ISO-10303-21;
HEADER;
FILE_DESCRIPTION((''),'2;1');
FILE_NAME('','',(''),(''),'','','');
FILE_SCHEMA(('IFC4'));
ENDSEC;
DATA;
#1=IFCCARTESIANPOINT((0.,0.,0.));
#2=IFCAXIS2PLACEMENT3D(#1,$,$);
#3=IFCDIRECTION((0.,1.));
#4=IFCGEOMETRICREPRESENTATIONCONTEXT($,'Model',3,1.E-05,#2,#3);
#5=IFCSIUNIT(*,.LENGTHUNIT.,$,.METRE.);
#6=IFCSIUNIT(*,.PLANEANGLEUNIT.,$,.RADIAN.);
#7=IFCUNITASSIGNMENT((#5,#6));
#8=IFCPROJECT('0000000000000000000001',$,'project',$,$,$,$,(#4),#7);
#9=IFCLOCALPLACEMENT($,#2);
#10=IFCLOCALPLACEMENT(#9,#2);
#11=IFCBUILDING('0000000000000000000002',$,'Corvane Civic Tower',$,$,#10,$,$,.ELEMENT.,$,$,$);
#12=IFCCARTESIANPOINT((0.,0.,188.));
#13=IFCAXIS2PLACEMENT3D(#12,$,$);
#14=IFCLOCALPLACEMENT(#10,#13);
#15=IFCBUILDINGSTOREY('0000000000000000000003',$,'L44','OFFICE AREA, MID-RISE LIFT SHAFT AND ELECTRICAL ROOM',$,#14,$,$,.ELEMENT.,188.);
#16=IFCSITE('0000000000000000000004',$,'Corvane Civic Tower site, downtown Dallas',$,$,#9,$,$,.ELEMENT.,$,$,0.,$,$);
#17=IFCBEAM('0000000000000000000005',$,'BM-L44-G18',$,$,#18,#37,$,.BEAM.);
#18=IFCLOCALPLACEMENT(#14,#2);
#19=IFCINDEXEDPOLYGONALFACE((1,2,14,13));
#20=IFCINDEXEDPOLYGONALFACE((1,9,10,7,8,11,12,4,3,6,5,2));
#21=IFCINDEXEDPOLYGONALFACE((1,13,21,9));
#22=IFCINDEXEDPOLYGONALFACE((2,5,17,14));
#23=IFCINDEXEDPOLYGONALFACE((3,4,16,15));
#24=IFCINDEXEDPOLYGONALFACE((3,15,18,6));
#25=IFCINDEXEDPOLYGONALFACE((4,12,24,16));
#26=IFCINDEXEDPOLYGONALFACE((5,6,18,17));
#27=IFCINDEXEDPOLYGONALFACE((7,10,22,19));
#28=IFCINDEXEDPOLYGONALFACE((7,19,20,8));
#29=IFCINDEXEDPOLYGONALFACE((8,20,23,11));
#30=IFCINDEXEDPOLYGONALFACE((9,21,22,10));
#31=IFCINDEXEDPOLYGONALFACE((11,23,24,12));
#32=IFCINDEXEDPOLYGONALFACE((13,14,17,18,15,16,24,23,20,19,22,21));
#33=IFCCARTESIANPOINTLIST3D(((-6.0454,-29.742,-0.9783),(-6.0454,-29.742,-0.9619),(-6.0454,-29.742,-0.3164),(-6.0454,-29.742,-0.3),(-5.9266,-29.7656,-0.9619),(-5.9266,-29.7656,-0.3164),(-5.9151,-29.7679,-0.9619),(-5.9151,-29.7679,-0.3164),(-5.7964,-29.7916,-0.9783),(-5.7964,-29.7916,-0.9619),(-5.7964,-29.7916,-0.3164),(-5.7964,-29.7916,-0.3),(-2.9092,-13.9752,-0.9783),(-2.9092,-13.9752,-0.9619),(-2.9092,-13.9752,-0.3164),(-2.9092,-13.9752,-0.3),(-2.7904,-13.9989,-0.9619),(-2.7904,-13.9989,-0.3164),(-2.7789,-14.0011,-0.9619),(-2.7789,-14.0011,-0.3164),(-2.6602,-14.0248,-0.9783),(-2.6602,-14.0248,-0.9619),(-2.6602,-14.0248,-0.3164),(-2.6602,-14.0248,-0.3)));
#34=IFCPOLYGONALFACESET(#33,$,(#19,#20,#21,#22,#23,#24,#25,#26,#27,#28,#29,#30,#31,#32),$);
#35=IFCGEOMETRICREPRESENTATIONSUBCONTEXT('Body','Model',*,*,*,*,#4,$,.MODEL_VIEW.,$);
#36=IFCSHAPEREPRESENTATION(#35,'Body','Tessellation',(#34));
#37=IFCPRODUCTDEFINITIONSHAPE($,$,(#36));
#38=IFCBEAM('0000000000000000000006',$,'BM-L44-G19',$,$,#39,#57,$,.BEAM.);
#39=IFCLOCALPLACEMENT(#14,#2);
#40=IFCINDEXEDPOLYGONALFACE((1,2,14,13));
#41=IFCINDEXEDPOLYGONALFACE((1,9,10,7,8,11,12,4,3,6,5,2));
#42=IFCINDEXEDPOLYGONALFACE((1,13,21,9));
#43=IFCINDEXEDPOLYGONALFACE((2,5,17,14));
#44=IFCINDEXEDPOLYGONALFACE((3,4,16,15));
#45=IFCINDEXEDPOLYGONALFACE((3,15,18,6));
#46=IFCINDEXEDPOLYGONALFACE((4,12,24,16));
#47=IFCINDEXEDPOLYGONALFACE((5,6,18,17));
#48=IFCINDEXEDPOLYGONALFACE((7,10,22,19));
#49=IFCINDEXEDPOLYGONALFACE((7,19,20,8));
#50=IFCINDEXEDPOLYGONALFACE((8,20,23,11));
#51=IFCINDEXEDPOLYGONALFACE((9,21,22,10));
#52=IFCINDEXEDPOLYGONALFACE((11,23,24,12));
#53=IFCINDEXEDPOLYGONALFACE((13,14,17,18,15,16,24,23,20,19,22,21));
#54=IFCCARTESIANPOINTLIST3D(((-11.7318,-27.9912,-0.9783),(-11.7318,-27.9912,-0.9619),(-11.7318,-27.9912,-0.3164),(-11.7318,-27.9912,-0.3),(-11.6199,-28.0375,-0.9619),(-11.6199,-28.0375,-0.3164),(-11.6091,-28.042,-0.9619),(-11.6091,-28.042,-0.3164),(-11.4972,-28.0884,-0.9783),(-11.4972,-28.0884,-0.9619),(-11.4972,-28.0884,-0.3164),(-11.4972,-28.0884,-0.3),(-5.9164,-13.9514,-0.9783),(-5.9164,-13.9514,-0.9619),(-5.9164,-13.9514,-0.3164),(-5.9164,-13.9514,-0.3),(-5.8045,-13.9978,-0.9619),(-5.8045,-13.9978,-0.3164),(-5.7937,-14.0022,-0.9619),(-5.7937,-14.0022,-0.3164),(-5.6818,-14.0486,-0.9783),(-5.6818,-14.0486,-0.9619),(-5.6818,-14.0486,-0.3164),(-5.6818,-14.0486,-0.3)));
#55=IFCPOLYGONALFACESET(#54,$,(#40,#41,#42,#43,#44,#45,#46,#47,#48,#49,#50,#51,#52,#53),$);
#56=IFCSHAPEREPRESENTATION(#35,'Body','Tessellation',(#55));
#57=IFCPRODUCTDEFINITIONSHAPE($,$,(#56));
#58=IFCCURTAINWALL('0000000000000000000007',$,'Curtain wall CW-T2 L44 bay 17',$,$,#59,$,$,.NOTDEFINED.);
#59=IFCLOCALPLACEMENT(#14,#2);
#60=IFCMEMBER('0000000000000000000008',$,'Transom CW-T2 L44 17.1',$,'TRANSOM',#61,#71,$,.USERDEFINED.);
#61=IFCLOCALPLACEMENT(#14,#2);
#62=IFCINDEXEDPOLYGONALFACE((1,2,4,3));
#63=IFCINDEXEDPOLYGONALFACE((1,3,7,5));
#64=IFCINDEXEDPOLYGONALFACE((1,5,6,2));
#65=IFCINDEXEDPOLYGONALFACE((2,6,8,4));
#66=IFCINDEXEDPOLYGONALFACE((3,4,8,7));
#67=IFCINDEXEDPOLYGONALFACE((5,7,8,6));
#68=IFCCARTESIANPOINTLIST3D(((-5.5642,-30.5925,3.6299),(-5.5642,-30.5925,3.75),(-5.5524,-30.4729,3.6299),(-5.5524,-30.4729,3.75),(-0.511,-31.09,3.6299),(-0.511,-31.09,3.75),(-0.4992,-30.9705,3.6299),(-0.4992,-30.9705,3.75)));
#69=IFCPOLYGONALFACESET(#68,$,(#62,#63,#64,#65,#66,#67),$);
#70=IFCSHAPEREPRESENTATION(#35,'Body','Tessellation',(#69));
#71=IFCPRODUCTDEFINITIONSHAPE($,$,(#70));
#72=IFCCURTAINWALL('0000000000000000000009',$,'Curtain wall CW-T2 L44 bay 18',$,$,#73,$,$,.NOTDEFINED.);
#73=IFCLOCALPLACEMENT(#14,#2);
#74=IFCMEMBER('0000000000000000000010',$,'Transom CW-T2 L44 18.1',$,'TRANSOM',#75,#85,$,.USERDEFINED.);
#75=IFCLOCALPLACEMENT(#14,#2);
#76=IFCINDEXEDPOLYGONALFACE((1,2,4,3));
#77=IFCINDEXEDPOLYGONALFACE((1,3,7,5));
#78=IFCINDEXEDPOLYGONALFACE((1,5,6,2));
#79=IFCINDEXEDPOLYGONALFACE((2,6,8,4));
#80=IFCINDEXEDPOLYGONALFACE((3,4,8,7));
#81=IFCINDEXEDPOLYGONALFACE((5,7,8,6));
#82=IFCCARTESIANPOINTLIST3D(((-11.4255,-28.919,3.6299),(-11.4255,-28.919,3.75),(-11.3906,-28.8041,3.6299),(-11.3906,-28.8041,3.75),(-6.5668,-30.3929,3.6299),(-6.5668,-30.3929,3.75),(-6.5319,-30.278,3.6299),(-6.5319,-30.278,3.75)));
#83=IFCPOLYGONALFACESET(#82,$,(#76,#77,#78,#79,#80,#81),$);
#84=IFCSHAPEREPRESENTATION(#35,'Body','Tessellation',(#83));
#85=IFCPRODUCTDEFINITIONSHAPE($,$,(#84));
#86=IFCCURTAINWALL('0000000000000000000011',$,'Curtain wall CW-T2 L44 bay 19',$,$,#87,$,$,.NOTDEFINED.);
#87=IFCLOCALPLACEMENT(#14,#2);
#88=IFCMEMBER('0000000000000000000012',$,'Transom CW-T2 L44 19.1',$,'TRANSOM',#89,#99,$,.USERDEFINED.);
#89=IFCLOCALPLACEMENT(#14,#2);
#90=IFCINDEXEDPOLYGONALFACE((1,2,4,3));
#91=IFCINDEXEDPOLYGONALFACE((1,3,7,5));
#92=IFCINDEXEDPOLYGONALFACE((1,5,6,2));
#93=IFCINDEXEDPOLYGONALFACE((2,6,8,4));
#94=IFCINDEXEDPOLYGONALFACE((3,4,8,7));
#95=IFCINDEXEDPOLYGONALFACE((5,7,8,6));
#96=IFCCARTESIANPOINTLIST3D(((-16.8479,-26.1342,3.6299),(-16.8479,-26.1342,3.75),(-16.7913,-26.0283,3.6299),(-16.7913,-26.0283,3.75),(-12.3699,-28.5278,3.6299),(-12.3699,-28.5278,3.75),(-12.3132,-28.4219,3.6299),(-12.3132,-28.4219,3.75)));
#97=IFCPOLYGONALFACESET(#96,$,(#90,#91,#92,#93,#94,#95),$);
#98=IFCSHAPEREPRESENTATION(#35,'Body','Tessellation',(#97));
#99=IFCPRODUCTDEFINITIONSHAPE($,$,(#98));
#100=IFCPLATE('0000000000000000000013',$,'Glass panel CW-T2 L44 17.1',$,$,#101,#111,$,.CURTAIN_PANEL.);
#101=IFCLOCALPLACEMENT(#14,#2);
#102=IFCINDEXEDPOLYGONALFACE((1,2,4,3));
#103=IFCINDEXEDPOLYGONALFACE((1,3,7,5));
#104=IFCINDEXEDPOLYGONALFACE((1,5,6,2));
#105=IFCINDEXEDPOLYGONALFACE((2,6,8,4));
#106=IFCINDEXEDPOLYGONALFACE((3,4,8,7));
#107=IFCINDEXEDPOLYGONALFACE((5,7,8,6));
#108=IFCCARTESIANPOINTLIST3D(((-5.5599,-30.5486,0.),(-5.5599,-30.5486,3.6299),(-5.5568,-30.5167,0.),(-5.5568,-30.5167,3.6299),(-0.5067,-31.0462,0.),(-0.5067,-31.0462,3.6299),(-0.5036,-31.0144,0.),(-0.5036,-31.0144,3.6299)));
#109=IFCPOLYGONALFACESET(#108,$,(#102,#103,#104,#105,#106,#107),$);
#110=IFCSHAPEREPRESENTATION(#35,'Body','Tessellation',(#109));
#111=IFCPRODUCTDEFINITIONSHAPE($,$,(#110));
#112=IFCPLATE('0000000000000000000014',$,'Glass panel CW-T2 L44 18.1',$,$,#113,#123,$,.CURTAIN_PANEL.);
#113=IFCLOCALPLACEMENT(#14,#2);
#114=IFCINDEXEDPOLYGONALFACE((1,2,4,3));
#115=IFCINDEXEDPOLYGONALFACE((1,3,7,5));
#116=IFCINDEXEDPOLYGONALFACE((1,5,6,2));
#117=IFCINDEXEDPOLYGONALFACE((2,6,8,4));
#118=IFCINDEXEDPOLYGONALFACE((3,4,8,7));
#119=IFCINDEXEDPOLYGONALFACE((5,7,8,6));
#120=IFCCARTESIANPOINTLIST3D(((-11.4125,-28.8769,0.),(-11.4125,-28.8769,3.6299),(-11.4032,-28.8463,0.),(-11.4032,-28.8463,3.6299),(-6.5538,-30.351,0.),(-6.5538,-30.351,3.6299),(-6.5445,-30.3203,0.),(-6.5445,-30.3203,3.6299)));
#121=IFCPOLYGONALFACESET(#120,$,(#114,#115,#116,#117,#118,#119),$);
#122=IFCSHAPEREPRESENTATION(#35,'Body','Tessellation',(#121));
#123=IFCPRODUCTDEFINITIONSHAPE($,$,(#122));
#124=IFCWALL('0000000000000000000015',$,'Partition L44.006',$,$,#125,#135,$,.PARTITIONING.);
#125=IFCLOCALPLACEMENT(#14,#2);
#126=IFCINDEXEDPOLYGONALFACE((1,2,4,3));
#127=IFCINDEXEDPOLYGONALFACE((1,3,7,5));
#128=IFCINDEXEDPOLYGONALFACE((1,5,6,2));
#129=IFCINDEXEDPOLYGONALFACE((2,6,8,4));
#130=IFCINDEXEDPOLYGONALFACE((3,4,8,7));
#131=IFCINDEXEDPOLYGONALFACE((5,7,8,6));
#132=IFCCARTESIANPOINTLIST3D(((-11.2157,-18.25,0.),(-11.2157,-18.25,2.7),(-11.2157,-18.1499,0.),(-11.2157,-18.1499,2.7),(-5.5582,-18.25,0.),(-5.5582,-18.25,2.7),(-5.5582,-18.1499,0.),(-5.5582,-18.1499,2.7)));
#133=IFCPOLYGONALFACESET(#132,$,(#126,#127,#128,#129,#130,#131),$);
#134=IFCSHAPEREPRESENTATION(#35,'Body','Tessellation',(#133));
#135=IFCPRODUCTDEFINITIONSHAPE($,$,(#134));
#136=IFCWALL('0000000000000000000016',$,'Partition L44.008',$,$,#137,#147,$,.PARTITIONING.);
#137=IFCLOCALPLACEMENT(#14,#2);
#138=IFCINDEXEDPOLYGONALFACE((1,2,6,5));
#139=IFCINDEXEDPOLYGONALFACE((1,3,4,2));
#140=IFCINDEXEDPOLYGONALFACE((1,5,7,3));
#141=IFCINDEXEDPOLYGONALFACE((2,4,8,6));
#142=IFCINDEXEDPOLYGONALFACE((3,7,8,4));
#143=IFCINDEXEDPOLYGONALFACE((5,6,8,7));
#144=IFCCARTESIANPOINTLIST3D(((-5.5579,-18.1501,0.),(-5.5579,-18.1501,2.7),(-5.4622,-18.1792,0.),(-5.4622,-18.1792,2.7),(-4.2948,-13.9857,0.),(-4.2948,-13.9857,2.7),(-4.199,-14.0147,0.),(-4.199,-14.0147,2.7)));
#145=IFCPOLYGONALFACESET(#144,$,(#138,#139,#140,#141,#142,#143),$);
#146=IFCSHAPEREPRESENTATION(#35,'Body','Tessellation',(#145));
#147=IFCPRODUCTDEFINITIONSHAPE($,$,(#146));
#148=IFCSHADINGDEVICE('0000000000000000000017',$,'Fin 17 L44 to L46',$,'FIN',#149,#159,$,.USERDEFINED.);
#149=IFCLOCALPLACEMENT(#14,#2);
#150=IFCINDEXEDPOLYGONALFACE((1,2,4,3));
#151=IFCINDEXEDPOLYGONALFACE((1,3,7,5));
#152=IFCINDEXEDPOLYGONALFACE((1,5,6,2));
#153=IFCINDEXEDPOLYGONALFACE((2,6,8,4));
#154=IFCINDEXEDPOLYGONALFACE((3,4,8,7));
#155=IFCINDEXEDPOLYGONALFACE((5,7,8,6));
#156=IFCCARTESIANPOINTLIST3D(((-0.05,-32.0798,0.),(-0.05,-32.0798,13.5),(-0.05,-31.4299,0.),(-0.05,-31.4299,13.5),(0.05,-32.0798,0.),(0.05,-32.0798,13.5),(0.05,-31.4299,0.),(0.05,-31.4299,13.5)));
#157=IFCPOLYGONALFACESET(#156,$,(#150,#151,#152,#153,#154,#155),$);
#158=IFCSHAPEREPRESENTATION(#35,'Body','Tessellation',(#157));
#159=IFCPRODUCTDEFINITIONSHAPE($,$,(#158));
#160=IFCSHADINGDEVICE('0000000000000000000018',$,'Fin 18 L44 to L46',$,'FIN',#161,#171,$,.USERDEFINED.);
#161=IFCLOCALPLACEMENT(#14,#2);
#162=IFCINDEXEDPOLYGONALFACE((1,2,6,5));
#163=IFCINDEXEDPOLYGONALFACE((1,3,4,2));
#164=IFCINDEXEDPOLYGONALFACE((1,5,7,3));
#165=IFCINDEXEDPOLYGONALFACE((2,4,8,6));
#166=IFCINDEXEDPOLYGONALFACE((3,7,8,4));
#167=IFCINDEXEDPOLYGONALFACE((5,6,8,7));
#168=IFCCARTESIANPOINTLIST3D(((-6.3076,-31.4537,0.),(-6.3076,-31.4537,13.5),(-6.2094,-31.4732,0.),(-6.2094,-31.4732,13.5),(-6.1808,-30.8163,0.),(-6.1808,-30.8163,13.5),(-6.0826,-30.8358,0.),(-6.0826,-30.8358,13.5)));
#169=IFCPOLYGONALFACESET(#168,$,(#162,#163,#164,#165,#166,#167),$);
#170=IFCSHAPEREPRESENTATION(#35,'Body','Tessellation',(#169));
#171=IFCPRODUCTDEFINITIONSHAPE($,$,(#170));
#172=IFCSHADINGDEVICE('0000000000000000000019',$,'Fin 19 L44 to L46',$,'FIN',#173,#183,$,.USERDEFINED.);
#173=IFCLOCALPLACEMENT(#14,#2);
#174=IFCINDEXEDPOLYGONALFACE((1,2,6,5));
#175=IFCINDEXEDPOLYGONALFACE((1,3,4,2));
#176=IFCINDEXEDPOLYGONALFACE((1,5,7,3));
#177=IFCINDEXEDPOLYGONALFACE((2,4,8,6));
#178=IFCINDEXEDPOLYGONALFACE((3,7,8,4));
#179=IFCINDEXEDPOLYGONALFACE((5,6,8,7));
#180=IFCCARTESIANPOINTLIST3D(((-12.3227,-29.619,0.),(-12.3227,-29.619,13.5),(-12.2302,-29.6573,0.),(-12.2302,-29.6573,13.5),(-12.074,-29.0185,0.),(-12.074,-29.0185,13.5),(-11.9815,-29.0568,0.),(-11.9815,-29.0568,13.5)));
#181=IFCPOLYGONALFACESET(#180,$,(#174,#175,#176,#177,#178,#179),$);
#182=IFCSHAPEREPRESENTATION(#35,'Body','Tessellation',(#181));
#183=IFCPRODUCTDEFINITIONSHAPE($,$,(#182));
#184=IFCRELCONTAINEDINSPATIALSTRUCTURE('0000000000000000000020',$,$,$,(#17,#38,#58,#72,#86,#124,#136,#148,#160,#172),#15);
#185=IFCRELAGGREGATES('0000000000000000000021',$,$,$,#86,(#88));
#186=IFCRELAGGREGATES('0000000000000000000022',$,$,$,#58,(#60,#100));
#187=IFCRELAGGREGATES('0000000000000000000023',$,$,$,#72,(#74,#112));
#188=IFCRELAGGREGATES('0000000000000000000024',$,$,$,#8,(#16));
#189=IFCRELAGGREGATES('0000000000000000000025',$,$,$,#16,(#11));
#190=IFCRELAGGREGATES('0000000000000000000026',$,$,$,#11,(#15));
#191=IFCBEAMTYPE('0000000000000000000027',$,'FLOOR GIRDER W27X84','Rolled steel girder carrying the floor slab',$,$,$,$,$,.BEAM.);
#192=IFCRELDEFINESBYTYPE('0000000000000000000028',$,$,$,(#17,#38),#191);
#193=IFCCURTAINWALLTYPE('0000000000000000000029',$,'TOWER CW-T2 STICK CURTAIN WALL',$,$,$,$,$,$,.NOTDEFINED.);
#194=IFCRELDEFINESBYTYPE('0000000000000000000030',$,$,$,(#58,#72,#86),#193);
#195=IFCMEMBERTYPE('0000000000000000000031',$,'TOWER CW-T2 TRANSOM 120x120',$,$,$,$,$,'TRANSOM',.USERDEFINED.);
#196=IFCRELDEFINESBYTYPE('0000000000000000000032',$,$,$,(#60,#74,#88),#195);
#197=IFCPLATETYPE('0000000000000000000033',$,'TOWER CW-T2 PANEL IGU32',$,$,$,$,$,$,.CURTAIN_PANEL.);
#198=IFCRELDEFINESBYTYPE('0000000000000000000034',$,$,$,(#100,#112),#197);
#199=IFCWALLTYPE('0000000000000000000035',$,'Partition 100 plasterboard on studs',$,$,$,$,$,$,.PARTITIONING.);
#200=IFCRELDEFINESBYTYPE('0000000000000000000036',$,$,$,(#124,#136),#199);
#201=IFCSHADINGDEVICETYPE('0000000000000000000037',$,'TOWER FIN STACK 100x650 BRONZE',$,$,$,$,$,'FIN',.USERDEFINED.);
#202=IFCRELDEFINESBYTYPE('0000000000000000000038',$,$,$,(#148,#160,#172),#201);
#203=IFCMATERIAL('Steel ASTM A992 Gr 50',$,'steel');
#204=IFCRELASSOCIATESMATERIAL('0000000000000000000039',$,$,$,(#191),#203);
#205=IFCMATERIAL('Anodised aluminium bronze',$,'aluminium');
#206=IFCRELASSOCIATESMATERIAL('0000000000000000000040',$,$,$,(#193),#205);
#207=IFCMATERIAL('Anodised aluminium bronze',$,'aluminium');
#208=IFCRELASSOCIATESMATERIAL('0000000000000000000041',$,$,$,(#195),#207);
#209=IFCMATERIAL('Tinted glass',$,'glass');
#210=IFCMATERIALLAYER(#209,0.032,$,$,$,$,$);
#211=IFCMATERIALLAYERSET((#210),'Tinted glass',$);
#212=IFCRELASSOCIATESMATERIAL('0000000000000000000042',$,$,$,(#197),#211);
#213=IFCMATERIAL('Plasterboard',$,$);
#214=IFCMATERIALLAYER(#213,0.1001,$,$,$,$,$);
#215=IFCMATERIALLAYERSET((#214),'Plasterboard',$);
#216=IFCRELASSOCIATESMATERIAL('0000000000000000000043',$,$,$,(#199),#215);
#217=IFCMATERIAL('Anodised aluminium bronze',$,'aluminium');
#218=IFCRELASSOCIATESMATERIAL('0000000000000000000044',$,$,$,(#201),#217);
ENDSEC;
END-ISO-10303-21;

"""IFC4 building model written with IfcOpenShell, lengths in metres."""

from ifc_helpers import new_model, si_unit, direction, frame, frame_2d, origin, origin_2d, place, context, subcontext, project, spatial, rectangle, i_section, extrude, material, layer, layer_set, material_profile, profile_set, type_object, element, aggregate, save


model = new_model("IFC4")

# Units and contexts
model_context = context("Model", 3, precision=1e-05, world=origin(), true_north=direction((0.0, 1.0)))
body_context = subcontext(model_context, "Body", "Model", "MODEL_VIEW")
ifc_project = project(units=[si_unit("LENGTHUNIT", "METRE"), si_unit("PLANEANGLEUNIT", "RADIAN")], contexts=[model_context])

# Site, building, storey
site_placement = place(None, origin())
site = spatial("IfcSite", under=ifc_project, at=site_placement, Name="Corvane Civic Tower site, downtown Dallas", CompositionType="ELEMENT", RefElevation=0.0)
building_placement = place(site_placement, origin())
building = spatial("IfcBuilding", under=site, at=building_placement, Name="Corvane Civic Tower", CompositionType="ELEMENT")
storey_placement = place(building_placement, frame((0.0, 0.0, 188.0)))
storey = spatial("IfcBuildingStorey", under=building, at=storey_placement, Name="L44", Description="OFFICE AREA, MID-RISE LIFT SHAFT AND ELECTRICAL ROOM", CompositionType="ELEMENT", Elevation=188.0)

# Beams
ifc_material_1 = material(Name="Steel ASTM A992 Gr 50", Category="steel")
ifc_material_profile_1 = material_profile(ifc_material_1, i_section(OverallWidth=0.2539, OverallDepth=0.6782, WebThickness=0.0117, FlangeThickness=0.0164, at=origin_2d()), Name="W27X84")
ifc_profile_set_1 = profile_set([ifc_material_profile_1], Name="Steel ASTM A992 Gr 50")
beam_type_1 = type_object("IfcBeamType", Name="FLOOR GIRDER W27X84", Description="Rolled steel girder carrying the floor slab", PredefinedType="BEAM", material=ifc_profile_set_1)
beam_1_placement = place(storey_placement, frame((-2.7847, -14.0, -0.6392), z_axis=(-0.195091, -0.980785, 0.0), x_axis=(0.980785, -0.195091, 0.0)))
element("IfcBeam", 1, at=beam_1_placement, inside=storey, type_object=beam_type_1, Name="BM-L44-G18", PredefinedType="BEAM", context=body_context, shape_type="SweptSolid", body=[
    extrude(i_section(OverallWidth=0.2539, OverallDepth=0.6782, WebThickness=0.0117, FlangeThickness=0.0164, at=origin_2d()), origin(), (0.0, 0.0, 1.0), 16.0757),
])
beam_2_placement = place(storey_placement, frame((-5.7991, -14.0, -0.6392), z_axis=(-0.382681, -0.923881, 0.0), x_axis=(0.923881, -0.382681, 0.0)))
element("IfcBeam", 2, at=beam_2_placement, inside=storey, type_object=beam_type_1, Name="BM-L44-G19", PredefinedType="BEAM", context=body_context, shape_type="SweptSolid", body=[
    extrude(i_section(OverallWidth=0.2539, OverallDepth=0.6782, WebThickness=0.0117, FlangeThickness=0.0164, at=origin_2d()), origin(), (0.0, 0.0, 1.0), 15.1965),
])

# Curtain walls, members
ifc_material_2 = material(Name="Anodised aluminium bronze", Category="aluminium")
curtain_wall_type = type_object("IfcCurtainWallType", Name="TOWER CW-T2 STICK CURTAIN WALL", PredefinedType="NOTDEFINED", material=ifc_material_2)
curtain_wall_1_placement = place(storey_placement, origin())
curtain_wall_1 = element("IfcCurtainWall", 3, at=curtain_wall_1_placement, inside=storey, type_object=curtain_wall_type, Name="Curtain wall CW-T2 L44 bay 17", PredefinedType="NOTDEFINED")
ifc_material_3 = material(Name="Anodised aluminium bronze", Category="aluminium")
ifc_material_profile_2 = material_profile(ifc_material_3, rectangle(XDim=0.1201, YDim=0.1201, at=origin_2d()), Name="TOWER CW-T2 TRANSOM 120x120")
ifc_profile_set_2 = profile_set([ifc_material_profile_2], Name="Anodised aluminium bronze")
member_type = type_object("IfcMemberType", Name="TOWER CW-T2 TRANSOM 120x120", ElementType="TRANSOM", PredefinedType="USERDEFINED", material=ifc_profile_set_2)
member_1_placement = place(storey_placement, frame((-0.5051, -31.0303, 3.6899), z_axis=(-0.995187, 0.09799, 0.0), x_axis=(-0.09799, -0.995187, 0.0)))
member_1 = element("IfcMember", 4, at=member_1_placement, type_object=member_type, Name="Transom CW-T2 L44 17.1", ObjectType="TRANSOM", PredefinedType="USERDEFINED", context=body_context, shape_type="SweptSolid", body=[
    extrude(rectangle(XDim=0.1201, YDim=0.1201, at=origin_2d()), origin(), (0.0, 0.0, 1.0), 5.0776),
])
curtain_wall_2_placement = place(storey_placement, origin())
curtain_wall_2 = element("IfcCurtainWall", 5, at=curtain_wall_2_placement, inside=storey, type_object=curtain_wall_type, Name="Curtain wall CW-T2 L44 bay 18", PredefinedType="NOTDEFINED")
member_2_placement = place(storey_placement, frame((-6.5493, -30.3354, 3.6899), z_axis=(-0.956939, 0.290289, 0.0), x_axis=(-0.290289, -0.956939, 0.0)))
member_2 = element("IfcMember", 6, at=member_2_placement, type_object=member_type, Name="Transom CW-T2 L44 18.1", ObjectType="TRANSOM", PredefinedType="USERDEFINED", context=body_context, shape_type="SweptSolid", body=[
    extrude(rectangle(XDim=0.1201, YDim=0.1201, at=origin_2d()), origin(), (0.0, 0.0, 1.0), 5.0774),
])
curtain_wall_3_placement = place(storey_placement, origin())
curtain_wall_3 = element("IfcCurtainWall", 7, at=curtain_wall_3_placement, inside=storey, type_object=curtain_wall_type, Name="Curtain wall CW-T2 L44 bay 19", PredefinedType="NOTDEFINED")
member_3_placement = place(storey_placement, frame((-12.3416, -28.4749, 3.6899), z_axis=(-0.881921, 0.471397, 0.0), x_axis=(-0.471397, -0.881921, 0.0)))
member_3 = element("IfcMember", 8, at=member_3_placement, type_object=member_type, Name="Transom CW-T2 L44 19.1", ObjectType="TRANSOM", PredefinedType="USERDEFINED", context=body_context, shape_type="SweptSolid", body=[
    extrude(rectangle(XDim=0.1201, YDim=0.1201, at=origin_2d()), origin(), (0.0, 0.0, 1.0), 5.0776),
])
aggregate(curtain_wall_3, [member_3])

# Plates
ifc_material_4 = material(Name="Tinted glass", Category="glass")
ifc_layer_1 = layer(ifc_material_4, 0.032)
ifc_layer_set_1 = layer_set([ifc_layer_1], Name="Tinted glass")
plate_type = type_object("IfcPlateType", Name="TOWER CW-T2 PANEL IGU32", PredefinedType="CURTAIN_PANEL", material=ifc_layer_set_1)
plate_1_placement = place(storey_placement, frame((-3.0317, -30.7815, 0.0), z_axis=(0.0, 0.0, 1.0), x_axis=(-0.995185, 0.098012, 0.0)))
plate_1 = element("IfcPlate", 9, at=plate_1_placement, type_object=plate_type, Name="Glass panel CW-T2 L44 17.1", PredefinedType="CURTAIN_PANEL", context=body_context, shape_type="SweptSolid", body=[
    extrude(rectangle(XDim=5.0776, YDim=0.032, at=origin_2d()), origin(), (0.0, 0.0, 1.0), 3.6299),
])
aggregate(curtain_wall_1, [member_1, plate_1])
plate_2_placement = place(storey_placement, frame((-8.9785, -29.5986, 0.0), z_axis=(0.0, 0.0, 1.0), x_axis=(-0.956932, 0.290313, 0.0)))
plate_2 = element("IfcPlate", 10, at=plate_2_placement, type_object=plate_type, Name="Glass panel CW-T2 L44 18.1", PredefinedType="CURTAIN_PANEL", context=body_context, shape_type="SweptSolid", body=[
    extrude(rectangle(XDim=5.0774, YDim=0.032, at=origin_2d()), origin(), (0.0, 0.0, 1.0), 3.6299),
])
aggregate(curtain_wall_2, [member_2, plate_2])

# Walls
ifc_material_5 = material(Name="Plasterboard")
ifc_layer_2 = layer(ifc_material_5, 0.1001)
ifc_layer_set_2 = layer_set([ifc_layer_2], Name="Plasterboard")
wall_type = type_object("IfcWallType", Name="Partition 100 plasterboard on studs", PredefinedType="PARTITIONING", material=ifc_layer_set_2)
wall_1_placement = place(storey_placement, frame((-11.2156, -18.2, 0.0), z_axis=(0.0, 0.0, 1.0), x_axis=(1.0, 0.0, 0.0)))
element("IfcWall", 11, at=wall_1_placement, inside=storey, type_object=wall_type, Name="Partition L44.006", PredefinedType="PARTITIONING", context=body_context, shape_type="SweptSolid", body=[
    extrude(rectangle(XDim=5.6575, YDim=0.1001, at=frame_2d((2.8286, 0.0))), origin(), (0.0, 0.0, 1.0), 2.7),
])
wall_2_placement = place(storey_placement, frame((-5.51, -18.1646, 0.0), z_axis=(0.0, 0.0, 1.0), x_axis=(0.29026, 0.956948, 0.0)))
element("IfcWall", 12, at=wall_2_placement, inside=storey, type_object=wall_type, Name="Partition L44.008", PredefinedType="PARTITIONING", context=body_context, shape_type="SweptSolid", body=[
    extrude(rectangle(XDim=4.3518, YDim=0.1001, at=frame_2d((2.1758, 0.0))), origin(), (0.0, 0.0, 1.0), 2.7),
])

# Shading devices
ifc_material_6 = material(Name="Anodised aluminium bronze", Category="aluminium")
ifc_material_profile_3 = material_profile(ifc_material_6, rectangle(XDim=0.1001, YDim=0.6499, at=origin_2d()), Name="TOWER FIN STACK 100x650 BRONZE")
ifc_profile_set_3 = profile_set([ifc_material_profile_3], Name="Anodised aluminium bronze")
shading_device_type = type_object("IfcShadingDeviceType", Name="TOWER FIN STACK 100x650 BRONZE", ElementType="FIN", PredefinedType="USERDEFINED", material=ifc_profile_set_3)
for number, where, z_axis, x_axis, name in (
    (13, (0.0, -31.7549, 0.0), (0.0, 0.0, 1.0), (-1.0, 0.0, 0.0), "Fin 17 L44 to L46"),
    (14, (-6.1951, -31.1448, 0.0), (0.0, 0.0, 1.0), (-0.980785, 0.19509, 0.0), "Fin 18 L44 to L46"),
    (15, (-12.1521, -29.3379, 0.0), (0.0, 0.0, 1.0), (-0.92388, 0.382683, 0.0), "Fin 19 L44 to L46"),
):
    element("IfcShadingDevice", number, at=place(storey_placement, frame(where, z_axis=z_axis, x_axis=x_axis)), inside=storey, type_object=shading_device_type, Name=name, ObjectType="FIN", PredefinedType="USERDEFINED", context=body_context, shape_type="SweptSolid", body=[
        extrude(rectangle(XDim=0.1001, YDim=0.6499, at=origin_2d()), origin(), (0.0, 0.0, 1.0), 13.5),
    ])

save(model, "model.ifc")
